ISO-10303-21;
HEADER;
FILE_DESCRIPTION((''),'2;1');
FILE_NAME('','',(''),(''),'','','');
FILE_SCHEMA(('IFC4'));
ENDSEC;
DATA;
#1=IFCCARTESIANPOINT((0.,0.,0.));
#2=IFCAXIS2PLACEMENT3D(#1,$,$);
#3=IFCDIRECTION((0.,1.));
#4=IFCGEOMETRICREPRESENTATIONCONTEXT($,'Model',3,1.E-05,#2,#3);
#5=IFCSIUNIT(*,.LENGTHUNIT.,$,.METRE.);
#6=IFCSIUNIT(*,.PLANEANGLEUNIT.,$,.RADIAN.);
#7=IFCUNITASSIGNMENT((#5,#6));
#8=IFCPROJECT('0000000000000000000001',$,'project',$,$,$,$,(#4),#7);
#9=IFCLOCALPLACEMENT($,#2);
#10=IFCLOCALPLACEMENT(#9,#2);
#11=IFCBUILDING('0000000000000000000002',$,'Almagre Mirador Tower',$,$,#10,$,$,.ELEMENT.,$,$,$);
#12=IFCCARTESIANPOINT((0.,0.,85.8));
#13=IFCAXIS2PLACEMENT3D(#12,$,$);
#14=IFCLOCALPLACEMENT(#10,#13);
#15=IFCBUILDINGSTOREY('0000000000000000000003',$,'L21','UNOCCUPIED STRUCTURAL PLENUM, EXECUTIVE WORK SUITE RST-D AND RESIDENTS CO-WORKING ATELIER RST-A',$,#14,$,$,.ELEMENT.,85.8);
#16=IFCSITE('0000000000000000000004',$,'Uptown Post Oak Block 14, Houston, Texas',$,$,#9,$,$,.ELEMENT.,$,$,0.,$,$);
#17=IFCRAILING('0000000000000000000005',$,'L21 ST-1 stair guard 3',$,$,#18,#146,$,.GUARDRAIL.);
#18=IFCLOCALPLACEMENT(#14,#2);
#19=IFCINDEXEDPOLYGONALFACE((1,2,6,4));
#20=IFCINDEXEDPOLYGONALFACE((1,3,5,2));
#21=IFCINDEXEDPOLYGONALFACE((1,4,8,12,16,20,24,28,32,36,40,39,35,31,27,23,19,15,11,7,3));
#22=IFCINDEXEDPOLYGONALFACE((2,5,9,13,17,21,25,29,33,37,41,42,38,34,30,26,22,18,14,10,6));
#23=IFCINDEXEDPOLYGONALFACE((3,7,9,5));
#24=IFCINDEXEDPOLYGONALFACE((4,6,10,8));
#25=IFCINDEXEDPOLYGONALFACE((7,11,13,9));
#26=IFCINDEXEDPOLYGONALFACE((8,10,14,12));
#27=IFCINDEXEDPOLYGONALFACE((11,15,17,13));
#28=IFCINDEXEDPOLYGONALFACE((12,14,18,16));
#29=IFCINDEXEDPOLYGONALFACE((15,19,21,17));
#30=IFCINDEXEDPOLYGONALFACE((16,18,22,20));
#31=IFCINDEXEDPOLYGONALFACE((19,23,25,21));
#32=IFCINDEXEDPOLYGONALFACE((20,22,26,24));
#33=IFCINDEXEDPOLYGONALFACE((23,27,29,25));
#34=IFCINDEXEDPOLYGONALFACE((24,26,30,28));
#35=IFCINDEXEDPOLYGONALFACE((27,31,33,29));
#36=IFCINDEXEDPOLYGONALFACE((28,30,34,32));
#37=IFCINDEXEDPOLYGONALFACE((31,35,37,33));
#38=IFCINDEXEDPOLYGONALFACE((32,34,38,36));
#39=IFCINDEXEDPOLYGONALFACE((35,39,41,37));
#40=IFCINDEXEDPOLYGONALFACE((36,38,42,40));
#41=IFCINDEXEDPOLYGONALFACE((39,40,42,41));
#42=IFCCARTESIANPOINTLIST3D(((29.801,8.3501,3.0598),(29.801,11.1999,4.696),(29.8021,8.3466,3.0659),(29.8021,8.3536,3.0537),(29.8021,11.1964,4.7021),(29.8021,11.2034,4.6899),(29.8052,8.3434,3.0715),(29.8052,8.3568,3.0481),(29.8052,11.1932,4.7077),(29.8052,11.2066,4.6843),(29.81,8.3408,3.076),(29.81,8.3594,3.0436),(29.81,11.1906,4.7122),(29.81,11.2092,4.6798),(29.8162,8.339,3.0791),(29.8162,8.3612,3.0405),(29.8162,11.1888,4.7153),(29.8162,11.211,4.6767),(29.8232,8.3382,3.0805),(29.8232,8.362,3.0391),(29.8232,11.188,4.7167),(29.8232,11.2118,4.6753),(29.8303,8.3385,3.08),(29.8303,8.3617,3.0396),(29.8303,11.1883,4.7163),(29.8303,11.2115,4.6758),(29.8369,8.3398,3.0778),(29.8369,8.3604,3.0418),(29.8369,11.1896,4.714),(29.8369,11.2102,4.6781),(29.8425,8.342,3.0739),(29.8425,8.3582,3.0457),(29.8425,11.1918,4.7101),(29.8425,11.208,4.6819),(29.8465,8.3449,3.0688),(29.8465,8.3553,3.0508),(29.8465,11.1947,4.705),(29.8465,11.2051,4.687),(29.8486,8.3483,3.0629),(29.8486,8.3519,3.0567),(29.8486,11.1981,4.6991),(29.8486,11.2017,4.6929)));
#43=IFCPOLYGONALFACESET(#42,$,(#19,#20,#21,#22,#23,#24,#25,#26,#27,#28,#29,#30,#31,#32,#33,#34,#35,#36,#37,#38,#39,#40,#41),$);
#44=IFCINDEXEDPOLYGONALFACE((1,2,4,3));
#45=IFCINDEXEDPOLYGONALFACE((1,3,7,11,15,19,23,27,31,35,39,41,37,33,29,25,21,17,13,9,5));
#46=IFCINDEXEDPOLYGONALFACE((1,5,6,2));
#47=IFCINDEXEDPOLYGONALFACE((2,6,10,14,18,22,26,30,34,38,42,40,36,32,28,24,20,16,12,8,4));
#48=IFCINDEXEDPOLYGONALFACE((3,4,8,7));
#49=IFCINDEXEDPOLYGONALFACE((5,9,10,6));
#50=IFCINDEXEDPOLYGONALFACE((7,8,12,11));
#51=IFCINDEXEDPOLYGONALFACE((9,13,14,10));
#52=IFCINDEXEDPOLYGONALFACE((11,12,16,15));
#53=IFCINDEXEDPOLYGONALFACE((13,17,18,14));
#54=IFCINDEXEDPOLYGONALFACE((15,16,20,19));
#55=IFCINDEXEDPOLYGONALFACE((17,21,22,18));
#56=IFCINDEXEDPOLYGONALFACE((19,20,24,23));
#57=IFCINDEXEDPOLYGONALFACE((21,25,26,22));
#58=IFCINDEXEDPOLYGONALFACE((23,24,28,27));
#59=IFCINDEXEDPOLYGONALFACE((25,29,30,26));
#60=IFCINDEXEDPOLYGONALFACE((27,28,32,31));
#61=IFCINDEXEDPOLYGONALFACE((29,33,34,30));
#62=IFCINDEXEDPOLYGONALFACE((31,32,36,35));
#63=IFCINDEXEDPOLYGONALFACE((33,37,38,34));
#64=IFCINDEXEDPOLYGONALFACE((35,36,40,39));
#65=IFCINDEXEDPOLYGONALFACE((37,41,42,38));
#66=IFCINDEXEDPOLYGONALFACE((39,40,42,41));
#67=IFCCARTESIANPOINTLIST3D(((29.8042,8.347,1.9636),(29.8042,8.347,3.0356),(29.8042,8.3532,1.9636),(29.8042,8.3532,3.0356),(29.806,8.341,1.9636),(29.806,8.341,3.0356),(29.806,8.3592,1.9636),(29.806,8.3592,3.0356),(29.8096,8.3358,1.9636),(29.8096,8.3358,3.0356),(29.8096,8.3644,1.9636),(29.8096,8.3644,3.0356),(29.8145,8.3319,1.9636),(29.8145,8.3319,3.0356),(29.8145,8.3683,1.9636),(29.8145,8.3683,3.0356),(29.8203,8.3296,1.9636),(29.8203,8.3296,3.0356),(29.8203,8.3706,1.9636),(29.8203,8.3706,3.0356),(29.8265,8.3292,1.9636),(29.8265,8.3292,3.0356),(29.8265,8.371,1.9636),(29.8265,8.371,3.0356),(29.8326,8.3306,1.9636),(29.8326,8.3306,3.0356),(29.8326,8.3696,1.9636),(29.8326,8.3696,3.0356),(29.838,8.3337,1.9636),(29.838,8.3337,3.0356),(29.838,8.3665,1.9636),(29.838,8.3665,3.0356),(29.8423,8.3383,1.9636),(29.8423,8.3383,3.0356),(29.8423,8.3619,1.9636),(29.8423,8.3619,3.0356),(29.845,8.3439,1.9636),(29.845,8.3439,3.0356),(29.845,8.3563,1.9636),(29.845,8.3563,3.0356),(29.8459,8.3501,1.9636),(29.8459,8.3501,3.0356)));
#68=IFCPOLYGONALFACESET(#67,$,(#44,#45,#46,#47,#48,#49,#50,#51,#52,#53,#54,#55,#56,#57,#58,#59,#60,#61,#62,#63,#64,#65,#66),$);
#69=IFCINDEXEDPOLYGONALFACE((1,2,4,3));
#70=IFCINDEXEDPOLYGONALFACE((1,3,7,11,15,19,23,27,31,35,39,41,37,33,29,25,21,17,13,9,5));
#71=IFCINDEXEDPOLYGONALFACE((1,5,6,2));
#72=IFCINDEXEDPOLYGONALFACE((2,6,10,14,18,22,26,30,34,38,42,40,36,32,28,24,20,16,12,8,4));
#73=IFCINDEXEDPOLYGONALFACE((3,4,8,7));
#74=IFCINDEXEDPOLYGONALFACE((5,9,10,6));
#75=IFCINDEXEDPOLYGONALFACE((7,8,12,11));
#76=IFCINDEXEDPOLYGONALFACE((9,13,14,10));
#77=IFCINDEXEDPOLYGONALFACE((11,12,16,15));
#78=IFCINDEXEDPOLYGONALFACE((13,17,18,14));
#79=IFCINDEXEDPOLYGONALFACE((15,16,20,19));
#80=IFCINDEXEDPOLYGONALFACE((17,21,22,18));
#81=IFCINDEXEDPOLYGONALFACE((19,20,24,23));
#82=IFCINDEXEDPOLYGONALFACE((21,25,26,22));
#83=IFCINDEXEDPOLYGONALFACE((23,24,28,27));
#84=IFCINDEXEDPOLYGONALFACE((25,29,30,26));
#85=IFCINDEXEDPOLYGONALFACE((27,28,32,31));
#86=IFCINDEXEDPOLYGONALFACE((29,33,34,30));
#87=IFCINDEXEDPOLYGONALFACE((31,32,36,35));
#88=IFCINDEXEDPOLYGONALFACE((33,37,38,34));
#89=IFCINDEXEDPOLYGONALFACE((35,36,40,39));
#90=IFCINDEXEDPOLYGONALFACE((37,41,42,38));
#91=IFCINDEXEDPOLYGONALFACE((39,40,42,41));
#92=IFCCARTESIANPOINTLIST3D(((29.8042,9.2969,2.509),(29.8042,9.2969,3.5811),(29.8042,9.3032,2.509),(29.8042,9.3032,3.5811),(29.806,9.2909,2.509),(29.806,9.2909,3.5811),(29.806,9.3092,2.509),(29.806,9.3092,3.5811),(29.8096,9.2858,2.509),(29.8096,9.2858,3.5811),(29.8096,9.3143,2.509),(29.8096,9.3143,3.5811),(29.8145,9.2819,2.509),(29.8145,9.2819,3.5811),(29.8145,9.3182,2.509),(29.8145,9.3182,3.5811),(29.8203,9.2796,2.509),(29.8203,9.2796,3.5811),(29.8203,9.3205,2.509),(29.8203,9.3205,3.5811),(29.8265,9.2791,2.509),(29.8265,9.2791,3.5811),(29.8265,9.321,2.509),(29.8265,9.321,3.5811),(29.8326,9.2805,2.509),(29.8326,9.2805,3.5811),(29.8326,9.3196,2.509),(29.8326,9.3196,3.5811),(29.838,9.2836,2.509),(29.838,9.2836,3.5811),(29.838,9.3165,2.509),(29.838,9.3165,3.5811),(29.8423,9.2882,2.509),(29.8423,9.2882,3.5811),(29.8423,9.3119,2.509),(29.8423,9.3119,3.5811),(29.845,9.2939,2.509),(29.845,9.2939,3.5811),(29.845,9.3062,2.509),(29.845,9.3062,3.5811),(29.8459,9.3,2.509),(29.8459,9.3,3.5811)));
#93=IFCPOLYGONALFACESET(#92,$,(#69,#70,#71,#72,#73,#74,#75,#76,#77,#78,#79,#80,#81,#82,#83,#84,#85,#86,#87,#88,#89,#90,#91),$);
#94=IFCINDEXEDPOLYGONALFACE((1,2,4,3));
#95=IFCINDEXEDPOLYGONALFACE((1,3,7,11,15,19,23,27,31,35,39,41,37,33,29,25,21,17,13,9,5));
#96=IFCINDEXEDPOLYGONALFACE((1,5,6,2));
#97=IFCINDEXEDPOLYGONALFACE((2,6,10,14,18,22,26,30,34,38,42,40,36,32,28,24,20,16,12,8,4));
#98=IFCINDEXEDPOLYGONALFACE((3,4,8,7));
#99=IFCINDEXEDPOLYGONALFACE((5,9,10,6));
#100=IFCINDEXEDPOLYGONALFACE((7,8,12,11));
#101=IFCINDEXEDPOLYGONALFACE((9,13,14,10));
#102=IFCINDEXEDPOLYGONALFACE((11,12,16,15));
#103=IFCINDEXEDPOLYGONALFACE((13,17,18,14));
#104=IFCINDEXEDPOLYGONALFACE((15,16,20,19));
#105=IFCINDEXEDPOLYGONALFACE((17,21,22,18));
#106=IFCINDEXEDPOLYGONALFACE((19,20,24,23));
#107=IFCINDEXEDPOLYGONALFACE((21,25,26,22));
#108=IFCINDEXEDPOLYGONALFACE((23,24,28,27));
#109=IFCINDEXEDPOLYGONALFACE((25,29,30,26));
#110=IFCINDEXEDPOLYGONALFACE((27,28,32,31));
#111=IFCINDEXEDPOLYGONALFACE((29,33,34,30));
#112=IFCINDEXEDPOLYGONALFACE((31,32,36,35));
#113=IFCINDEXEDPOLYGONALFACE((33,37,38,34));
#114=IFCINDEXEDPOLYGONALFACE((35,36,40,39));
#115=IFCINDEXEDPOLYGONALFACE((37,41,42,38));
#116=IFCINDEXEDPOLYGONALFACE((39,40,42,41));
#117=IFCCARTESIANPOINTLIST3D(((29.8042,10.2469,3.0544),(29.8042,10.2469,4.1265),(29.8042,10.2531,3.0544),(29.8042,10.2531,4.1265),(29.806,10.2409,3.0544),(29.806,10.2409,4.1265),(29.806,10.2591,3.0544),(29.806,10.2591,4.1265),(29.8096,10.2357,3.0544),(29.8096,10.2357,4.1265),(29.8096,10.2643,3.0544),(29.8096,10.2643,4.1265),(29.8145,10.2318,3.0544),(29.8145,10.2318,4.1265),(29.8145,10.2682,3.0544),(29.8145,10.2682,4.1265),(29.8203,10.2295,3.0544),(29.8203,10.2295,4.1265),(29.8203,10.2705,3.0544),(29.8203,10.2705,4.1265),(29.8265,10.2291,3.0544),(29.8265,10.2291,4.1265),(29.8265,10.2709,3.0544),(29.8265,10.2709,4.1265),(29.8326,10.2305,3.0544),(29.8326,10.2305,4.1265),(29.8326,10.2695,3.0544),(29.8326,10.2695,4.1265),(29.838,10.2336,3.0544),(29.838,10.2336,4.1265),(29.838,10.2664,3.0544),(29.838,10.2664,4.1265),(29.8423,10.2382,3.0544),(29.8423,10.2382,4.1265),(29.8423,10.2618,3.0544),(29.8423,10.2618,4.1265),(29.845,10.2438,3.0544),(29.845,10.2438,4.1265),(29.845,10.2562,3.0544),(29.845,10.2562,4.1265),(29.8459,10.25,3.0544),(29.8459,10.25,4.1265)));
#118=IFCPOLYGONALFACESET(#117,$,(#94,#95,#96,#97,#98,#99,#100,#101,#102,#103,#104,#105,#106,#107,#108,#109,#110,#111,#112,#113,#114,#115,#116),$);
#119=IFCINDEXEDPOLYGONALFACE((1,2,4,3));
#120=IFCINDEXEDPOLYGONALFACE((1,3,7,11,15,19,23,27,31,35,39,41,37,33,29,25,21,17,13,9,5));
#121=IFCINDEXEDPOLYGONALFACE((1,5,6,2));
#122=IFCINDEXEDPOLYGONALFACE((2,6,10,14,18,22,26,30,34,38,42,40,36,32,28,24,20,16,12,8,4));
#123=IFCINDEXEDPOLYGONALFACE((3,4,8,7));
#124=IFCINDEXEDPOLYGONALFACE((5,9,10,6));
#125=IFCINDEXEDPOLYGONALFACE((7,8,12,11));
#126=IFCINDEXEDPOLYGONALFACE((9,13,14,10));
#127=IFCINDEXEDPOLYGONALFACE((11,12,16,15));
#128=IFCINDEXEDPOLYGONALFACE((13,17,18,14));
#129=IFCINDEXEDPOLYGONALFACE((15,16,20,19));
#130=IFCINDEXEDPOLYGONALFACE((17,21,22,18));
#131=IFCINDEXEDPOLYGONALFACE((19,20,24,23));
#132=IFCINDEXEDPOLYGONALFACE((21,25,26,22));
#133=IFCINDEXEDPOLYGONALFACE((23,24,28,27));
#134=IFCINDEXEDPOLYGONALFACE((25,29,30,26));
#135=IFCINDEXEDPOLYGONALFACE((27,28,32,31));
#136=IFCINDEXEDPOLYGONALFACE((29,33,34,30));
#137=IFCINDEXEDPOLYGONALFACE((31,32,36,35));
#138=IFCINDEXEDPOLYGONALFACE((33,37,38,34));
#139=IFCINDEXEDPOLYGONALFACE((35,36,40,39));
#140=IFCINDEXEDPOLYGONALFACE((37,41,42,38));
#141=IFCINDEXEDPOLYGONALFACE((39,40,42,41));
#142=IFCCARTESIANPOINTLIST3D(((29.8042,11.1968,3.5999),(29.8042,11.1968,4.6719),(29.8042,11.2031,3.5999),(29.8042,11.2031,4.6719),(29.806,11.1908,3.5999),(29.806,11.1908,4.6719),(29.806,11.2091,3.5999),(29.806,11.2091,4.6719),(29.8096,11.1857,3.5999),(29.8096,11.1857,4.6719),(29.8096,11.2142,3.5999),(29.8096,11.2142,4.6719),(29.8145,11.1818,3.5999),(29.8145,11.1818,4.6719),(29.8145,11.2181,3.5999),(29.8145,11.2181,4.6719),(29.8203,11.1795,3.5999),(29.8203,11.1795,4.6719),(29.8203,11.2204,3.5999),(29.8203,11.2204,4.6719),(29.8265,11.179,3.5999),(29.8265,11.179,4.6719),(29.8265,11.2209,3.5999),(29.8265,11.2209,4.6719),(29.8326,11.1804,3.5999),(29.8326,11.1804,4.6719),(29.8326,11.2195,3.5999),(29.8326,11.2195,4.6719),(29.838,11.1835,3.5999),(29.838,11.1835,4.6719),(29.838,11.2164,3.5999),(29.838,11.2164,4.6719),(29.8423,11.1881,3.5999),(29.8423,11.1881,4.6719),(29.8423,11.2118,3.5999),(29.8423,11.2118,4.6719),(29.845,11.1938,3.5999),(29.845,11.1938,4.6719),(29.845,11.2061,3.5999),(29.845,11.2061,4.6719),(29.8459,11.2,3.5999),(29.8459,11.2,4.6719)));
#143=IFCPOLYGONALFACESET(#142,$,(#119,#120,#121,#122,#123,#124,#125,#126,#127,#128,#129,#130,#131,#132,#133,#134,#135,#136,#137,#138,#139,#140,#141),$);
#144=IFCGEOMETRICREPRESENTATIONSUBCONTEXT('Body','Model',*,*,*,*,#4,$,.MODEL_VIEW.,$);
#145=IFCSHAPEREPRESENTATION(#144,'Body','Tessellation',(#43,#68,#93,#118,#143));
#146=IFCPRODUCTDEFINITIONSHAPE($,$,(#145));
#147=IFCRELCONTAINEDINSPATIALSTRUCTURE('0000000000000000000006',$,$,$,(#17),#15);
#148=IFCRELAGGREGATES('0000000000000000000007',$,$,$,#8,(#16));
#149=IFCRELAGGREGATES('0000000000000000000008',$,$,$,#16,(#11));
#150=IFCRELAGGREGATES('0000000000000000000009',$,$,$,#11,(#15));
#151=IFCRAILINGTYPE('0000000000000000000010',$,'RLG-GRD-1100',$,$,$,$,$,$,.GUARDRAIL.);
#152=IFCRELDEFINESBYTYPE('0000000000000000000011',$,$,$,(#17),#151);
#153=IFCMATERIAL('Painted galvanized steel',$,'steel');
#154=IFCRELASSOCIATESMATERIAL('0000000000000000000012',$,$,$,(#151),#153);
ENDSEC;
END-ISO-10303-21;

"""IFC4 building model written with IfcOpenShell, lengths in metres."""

from ifc_helpers import new_model, si_unit, direction, frame, origin, origin_2d, place, context, subcontext, project, spatial, circle, extrude, material, type_object, element, save


model = new_model("IFC4")

# Units and contexts
model_context = context("Model", 3, precision=1e-05, world=origin(), true_north=direction((0.0, 1.0)))
body_context = subcontext(model_context, "Body", "Model", "MODEL_VIEW")
ifc_project = project(units=[si_unit("LENGTHUNIT", "METRE"), si_unit("PLANEANGLEUNIT", "RADIAN")], contexts=[model_context])

# Site, building, storey
site_placement = place(None, origin())
site = spatial("IfcSite", under=ifc_project, at=site_placement, Name="Uptown Post Oak Block 14, Houston, Texas", CompositionType="ELEMENT", RefElevation=0.0)
building_placement = place(site_placement, origin())
building = spatial("IfcBuilding", under=site, at=building_placement, Name="Almagre Mirador Tower", CompositionType="ELEMENT")
storey_placement = place(building_placement, frame((0.0, 0.0, 85.8)))
storey = spatial("IfcBuildingStorey", under=building, at=storey_placement, Name="L21", Description="UNOCCUPIED STRUCTURAL PLENUM, EXECUTIVE WORK SUITE RST-D AND RESIDENTS CO-WORKING ATELIER RST-A", CompositionType="ELEMENT", Elevation=85.8)

# Railing
ifc_material_1 = material(Name="Painted galvanized steel", Category="steel")
railing_type_1 = type_object("IfcRailingType", Name="RLG-GRD-1100", PredefinedType="GUARDRAIL", material=ifc_material_1)
railing_1_placement = place(storey_placement, frame((29.825, 8.3501, 1.9636)))
element("IfcRailing", 1, at=railing_1_placement, inside=storey, type_object=railing_type_1, Name="L21 ST-1 stair guard 3", PredefinedType="GUARDRAIL", context=body_context, shape_type="SweptSolid", body=[
    extrude(circle(Radius=0.0239, at=origin_2d()), frame((0.0, 0.0, 1.0962), z_axis=(0.0, 0.867226, 0.497914), x_axis=(-1.0, 0.0, 0.0)), (0.0, 0.0, 1.0), 3.2861),
    extrude(circle(Radius=0.021, at=origin_2d()), origin(), (0.0, 0.0, 1.0), 1.072),
    extrude(circle(Radius=0.021, at=origin_2d()), frame((0.0, 0.95, 0.5454)), (0.0, 0.0, 1.0), 1.072),
    extrude(circle(Radius=0.021, at=origin_2d()), frame((0.0, 1.8999, 1.0908)), (0.0, 0.0, 1.0), 1.072),
    extrude(circle(Radius=0.021, at=origin_2d()), frame((0.0, 2.8499, 1.6362)), (0.0, 0.0, 1.0), 1.072),
])

save(model, "model.ifc")
